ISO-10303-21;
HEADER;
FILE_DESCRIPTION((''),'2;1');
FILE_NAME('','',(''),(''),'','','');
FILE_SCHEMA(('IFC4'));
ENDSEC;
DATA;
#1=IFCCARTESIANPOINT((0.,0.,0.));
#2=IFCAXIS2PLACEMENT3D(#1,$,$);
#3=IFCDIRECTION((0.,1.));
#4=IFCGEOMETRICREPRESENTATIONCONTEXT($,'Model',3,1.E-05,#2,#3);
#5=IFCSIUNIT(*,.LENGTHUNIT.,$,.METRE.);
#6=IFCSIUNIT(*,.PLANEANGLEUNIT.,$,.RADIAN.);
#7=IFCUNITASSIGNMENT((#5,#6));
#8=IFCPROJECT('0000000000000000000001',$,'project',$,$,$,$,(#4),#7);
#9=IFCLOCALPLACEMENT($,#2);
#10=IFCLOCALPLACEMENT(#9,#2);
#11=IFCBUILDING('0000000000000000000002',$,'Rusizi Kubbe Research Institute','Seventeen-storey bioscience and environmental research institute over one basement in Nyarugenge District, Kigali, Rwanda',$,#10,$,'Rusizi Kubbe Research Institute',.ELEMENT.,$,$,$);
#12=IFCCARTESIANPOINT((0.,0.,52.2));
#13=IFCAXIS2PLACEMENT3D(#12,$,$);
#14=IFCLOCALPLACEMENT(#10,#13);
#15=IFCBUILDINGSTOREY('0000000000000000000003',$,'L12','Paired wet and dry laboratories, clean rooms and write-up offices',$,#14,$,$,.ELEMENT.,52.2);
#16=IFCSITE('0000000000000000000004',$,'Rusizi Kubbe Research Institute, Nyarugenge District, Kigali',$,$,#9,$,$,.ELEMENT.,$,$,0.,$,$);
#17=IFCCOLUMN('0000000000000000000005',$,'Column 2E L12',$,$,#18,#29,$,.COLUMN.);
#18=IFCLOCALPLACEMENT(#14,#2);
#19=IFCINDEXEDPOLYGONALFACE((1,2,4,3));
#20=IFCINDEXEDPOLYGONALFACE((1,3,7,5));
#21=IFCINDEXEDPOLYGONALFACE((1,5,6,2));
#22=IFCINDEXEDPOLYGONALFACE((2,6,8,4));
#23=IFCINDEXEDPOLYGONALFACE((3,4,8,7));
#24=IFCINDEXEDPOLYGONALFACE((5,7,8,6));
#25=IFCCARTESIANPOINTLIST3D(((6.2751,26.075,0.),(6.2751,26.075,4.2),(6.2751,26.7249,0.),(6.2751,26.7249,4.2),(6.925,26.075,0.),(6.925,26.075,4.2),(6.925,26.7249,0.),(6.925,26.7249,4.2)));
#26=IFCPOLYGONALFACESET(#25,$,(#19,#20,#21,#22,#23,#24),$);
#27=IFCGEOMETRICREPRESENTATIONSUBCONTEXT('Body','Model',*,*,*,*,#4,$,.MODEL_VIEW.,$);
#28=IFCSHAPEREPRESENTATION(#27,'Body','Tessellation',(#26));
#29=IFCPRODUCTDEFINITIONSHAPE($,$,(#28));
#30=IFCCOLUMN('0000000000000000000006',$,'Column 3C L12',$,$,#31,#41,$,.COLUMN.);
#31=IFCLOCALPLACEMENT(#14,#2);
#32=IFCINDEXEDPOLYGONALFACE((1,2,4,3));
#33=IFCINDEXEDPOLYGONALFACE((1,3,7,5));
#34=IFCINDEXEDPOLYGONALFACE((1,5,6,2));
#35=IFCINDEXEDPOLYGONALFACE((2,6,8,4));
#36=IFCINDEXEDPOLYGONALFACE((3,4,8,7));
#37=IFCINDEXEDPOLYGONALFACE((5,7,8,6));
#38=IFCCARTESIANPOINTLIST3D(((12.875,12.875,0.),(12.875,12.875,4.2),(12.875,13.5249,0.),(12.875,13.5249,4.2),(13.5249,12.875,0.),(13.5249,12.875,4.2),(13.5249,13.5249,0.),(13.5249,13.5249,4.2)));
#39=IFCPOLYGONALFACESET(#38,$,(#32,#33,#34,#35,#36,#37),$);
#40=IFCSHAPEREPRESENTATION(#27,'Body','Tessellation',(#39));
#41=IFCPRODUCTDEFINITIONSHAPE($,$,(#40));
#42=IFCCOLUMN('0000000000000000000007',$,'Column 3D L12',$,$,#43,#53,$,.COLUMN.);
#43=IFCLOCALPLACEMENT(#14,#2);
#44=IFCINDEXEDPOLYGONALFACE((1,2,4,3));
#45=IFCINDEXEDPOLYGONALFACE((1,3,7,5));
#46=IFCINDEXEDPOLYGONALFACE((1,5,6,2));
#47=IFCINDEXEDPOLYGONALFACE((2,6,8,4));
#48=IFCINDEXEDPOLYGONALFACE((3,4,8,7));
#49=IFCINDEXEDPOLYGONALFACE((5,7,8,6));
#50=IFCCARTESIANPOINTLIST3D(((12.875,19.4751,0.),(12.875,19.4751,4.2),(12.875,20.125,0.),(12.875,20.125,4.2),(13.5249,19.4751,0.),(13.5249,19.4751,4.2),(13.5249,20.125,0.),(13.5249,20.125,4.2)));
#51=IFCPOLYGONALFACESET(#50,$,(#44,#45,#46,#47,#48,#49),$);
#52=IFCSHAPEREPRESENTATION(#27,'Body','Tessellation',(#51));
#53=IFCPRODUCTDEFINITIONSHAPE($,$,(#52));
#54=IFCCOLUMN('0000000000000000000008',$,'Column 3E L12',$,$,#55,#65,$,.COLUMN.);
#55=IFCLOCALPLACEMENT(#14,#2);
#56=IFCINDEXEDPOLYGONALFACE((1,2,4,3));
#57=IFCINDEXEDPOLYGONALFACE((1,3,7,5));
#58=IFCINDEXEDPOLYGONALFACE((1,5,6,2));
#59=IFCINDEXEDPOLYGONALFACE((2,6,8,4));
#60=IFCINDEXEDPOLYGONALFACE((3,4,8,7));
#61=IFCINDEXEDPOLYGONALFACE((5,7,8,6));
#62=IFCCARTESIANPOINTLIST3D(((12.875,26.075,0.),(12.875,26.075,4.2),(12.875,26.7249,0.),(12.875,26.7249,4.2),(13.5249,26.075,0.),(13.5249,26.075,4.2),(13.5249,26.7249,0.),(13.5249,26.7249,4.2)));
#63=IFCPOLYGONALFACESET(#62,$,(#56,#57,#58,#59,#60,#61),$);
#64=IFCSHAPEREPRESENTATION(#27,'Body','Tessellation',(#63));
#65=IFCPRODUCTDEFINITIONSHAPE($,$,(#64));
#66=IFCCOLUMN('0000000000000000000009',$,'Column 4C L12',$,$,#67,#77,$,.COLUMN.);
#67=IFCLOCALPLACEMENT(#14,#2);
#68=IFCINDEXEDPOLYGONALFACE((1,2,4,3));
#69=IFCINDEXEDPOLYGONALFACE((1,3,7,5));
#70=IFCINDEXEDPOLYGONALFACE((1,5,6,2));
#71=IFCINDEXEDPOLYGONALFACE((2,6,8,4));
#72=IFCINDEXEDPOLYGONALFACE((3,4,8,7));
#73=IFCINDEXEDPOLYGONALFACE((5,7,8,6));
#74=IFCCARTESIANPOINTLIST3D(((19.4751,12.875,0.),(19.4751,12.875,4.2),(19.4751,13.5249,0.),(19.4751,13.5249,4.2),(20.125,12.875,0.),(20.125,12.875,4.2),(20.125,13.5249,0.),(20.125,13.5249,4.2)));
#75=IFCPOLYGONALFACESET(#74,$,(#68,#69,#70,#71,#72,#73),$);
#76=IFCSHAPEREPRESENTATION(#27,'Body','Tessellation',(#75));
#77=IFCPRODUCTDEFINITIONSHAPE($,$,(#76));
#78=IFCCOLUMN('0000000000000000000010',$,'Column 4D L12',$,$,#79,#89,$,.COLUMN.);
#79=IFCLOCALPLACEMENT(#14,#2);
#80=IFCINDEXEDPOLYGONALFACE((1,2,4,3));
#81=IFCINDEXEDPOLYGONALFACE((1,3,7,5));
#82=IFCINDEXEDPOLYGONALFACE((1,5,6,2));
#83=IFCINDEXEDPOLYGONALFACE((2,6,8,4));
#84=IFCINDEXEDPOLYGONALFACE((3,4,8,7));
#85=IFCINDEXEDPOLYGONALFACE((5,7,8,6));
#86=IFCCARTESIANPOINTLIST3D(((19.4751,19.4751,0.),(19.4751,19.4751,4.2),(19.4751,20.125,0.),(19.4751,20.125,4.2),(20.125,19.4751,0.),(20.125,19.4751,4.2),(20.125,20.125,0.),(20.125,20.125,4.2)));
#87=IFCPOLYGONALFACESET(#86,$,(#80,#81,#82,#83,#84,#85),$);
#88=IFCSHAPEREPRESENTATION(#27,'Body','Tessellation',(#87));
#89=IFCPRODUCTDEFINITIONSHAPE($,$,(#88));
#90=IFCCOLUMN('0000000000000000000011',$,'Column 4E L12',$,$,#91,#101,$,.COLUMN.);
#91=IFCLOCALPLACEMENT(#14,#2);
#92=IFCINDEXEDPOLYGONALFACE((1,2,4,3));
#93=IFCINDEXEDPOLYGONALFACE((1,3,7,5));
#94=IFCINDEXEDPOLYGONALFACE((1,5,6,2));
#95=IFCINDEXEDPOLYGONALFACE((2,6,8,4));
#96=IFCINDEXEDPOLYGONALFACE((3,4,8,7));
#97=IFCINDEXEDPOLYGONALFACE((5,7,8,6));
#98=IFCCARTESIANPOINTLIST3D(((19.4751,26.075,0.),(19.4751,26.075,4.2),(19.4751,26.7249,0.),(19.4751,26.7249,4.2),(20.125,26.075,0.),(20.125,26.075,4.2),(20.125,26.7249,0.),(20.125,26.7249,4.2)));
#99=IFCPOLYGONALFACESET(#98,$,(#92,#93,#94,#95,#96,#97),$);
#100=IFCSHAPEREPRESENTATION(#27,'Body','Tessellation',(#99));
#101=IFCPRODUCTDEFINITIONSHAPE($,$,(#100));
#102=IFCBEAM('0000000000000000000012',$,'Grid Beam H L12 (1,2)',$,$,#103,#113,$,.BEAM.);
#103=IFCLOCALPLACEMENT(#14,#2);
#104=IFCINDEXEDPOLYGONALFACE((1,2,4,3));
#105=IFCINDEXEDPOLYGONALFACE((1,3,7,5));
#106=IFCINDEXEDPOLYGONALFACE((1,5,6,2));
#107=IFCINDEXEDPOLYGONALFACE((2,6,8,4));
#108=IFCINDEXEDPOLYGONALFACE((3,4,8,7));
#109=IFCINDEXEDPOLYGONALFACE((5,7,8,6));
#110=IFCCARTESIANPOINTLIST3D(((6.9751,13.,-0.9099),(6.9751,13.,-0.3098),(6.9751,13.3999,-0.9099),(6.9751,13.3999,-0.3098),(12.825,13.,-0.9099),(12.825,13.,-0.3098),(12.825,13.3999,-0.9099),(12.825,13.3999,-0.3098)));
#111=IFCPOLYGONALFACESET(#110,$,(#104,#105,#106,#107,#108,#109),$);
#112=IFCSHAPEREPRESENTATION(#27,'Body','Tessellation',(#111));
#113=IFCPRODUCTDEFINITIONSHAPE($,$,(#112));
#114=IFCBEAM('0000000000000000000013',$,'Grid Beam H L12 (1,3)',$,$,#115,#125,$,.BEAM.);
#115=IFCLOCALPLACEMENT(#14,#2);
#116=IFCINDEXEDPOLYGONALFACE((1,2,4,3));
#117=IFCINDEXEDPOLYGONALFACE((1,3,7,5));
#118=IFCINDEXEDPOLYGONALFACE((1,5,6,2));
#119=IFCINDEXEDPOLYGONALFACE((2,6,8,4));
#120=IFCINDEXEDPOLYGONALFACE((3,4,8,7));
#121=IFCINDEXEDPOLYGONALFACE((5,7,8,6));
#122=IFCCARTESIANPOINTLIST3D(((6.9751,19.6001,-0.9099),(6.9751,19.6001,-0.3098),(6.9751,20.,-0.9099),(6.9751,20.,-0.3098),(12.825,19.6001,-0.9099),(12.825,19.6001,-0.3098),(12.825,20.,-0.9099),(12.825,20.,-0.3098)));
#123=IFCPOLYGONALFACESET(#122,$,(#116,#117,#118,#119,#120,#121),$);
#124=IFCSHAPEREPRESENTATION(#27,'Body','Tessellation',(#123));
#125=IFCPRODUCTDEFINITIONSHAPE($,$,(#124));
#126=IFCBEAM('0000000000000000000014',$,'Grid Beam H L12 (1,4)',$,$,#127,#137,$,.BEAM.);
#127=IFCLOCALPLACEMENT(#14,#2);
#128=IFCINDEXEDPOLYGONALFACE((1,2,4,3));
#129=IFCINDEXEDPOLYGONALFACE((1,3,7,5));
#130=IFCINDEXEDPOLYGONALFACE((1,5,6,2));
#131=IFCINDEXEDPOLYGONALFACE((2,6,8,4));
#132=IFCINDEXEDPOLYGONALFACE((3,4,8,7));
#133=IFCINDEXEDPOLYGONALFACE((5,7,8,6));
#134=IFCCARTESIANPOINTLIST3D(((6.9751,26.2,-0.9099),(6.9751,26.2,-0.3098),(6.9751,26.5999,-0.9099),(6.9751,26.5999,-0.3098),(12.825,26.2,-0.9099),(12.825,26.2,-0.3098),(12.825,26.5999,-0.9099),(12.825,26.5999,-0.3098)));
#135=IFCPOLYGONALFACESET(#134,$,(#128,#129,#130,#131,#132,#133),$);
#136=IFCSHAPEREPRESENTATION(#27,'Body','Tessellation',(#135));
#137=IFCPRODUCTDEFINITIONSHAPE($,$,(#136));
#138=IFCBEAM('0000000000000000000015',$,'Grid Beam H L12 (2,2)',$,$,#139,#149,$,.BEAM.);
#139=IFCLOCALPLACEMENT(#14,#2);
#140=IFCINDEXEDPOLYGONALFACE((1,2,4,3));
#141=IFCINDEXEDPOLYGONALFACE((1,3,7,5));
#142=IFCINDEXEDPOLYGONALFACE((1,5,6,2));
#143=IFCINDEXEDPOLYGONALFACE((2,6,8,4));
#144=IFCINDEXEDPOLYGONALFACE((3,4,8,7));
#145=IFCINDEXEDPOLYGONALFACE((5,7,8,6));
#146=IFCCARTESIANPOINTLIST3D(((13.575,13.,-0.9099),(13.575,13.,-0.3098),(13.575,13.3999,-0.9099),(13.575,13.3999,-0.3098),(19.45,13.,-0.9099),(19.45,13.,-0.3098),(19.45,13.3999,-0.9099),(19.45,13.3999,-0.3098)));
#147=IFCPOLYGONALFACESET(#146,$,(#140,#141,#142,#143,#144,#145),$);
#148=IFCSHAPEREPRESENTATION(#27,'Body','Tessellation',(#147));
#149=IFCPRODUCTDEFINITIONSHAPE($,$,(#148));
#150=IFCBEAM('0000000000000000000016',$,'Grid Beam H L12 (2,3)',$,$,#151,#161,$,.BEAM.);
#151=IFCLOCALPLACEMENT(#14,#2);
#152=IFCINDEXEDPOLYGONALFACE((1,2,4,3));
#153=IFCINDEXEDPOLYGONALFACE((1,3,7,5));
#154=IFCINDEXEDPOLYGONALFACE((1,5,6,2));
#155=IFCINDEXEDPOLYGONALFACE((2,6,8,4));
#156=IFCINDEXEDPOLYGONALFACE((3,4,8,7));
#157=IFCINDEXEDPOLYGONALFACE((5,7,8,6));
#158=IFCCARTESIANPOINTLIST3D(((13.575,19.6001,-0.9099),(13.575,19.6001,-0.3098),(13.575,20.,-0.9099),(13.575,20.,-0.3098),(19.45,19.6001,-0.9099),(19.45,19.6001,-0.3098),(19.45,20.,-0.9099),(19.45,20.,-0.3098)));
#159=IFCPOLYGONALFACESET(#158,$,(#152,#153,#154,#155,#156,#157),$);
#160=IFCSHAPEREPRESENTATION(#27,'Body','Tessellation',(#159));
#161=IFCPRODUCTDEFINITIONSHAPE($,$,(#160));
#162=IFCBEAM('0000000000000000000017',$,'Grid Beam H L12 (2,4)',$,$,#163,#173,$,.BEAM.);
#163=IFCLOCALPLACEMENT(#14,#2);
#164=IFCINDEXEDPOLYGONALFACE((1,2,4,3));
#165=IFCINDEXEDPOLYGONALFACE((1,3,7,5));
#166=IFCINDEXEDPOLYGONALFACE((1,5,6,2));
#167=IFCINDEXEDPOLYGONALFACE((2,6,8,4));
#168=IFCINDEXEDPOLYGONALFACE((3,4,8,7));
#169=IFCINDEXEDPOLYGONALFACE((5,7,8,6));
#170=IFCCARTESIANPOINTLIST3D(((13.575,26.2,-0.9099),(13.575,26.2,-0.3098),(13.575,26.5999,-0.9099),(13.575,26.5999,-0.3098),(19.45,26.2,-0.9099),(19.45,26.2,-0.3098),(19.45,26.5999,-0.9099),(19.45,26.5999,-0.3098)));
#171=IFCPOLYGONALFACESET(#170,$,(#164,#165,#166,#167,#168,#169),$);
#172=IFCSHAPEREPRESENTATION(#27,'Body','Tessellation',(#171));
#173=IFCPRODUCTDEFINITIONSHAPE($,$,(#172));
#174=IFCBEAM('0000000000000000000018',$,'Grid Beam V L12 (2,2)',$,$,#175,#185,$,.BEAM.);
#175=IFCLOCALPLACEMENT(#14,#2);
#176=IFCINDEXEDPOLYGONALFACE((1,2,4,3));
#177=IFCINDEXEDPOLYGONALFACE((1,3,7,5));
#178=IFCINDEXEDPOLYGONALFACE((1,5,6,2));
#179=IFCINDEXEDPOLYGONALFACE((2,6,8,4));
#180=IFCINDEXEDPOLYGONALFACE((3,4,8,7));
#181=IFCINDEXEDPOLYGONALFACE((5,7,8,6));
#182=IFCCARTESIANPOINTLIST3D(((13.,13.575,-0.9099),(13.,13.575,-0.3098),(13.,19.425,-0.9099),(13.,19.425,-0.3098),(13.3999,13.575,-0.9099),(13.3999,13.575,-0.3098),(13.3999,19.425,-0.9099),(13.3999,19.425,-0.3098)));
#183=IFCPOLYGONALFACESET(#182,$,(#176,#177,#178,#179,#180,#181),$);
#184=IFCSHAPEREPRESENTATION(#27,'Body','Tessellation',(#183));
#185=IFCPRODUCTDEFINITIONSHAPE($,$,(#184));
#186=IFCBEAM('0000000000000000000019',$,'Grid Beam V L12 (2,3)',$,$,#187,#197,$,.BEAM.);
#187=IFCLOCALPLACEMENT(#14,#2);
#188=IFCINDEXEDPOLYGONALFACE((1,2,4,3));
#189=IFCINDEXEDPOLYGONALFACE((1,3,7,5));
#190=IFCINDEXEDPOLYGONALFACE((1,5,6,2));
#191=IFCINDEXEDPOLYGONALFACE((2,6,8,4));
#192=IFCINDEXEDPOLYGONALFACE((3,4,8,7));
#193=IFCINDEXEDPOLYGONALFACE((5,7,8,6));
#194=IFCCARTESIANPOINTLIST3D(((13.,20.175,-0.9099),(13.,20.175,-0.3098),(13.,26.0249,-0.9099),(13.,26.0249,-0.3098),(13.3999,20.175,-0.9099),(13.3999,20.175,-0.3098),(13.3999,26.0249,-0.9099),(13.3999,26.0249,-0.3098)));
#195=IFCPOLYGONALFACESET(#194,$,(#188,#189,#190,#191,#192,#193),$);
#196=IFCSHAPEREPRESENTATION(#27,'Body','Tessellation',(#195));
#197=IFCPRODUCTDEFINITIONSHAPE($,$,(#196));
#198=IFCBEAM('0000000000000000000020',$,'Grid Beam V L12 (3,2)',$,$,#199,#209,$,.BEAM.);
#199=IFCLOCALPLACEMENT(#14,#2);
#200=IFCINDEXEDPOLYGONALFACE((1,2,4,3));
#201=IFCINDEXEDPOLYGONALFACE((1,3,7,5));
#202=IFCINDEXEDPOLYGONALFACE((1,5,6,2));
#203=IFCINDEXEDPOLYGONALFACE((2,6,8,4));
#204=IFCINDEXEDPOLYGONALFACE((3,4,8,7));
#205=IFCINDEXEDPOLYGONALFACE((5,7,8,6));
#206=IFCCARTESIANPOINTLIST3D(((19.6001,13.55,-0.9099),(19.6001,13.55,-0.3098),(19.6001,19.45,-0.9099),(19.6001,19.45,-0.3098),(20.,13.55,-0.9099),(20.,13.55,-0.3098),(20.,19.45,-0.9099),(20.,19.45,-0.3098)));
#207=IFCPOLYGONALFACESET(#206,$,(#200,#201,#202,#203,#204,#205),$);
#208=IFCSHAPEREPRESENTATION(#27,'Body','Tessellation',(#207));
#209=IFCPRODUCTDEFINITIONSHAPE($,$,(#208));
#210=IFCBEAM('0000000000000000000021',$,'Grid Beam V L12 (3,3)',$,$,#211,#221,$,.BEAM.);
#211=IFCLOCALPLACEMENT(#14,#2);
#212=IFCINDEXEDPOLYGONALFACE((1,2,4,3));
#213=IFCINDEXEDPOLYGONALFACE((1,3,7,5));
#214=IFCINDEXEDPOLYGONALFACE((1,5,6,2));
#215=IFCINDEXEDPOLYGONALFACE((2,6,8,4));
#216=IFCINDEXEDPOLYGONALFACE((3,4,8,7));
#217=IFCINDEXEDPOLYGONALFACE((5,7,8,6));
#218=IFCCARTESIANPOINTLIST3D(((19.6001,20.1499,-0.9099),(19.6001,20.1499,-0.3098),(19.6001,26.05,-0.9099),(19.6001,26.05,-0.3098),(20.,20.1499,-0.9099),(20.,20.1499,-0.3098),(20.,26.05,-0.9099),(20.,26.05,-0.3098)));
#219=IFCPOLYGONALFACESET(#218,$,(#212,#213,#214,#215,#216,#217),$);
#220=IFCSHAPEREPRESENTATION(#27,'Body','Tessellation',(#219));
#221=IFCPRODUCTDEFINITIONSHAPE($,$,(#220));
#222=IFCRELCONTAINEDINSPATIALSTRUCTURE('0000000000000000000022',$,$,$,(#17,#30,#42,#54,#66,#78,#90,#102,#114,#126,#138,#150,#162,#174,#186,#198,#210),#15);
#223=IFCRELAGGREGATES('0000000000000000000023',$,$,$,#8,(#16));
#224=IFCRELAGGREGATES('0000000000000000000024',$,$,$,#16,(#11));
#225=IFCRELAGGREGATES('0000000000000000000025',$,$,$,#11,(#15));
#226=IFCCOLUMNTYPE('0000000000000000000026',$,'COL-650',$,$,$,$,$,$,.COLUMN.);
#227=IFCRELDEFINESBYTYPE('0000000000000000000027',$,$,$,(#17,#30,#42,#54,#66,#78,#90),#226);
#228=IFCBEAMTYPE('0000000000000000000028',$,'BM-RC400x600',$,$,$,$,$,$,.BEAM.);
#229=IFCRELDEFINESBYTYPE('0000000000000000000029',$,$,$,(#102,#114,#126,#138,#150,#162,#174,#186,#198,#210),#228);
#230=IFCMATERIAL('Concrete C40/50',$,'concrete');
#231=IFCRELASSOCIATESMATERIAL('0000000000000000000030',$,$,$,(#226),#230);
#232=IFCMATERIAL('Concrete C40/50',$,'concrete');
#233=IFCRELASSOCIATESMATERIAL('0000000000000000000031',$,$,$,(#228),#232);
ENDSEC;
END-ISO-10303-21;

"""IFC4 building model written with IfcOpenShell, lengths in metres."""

from ifc_helpers import new_model, si_unit, direction, frame, origin, origin_2d, place, context, subcontext, project, spatial, rectangle, extrude, material, material_profile, profile_set, type_object, element, save


model = new_model("IFC4")

# Units and contexts
model_context = context("Model", 3, precision=1e-05, world=origin(), true_north=direction((0.0, 1.0)))
body_context = subcontext(model_context, "Body", "Model", "MODEL_VIEW")
ifc_project = project(units=[si_unit("LENGTHUNIT", "METRE"), si_unit("PLANEANGLEUNIT", "RADIAN")], contexts=[model_context])

# Site, building, storey
site_placement = place(None, origin())
site = spatial("IfcSite", under=ifc_project, at=site_placement, Name="Rusizi Kubbe Research Institute, Nyarugenge District, Kigali", CompositionType="ELEMENT", RefElevation=0.0)
building_placement = place(site_placement, origin())
building = spatial("IfcBuilding", under=site, at=building_placement, Name="Rusizi Kubbe Research Institute", Description="Seventeen-storey bioscience and environmental research institute over one basement in Nyarugenge District, Kigali, Rwanda", LongName="Rusizi Kubbe Research Institute", CompositionType="ELEMENT")
storey_placement = place(building_placement, frame((0.0, 0.0, 52.2)))
storey = spatial("IfcBuildingStorey", under=building, at=storey_placement, Name="L12", Description="Paired wet and dry laboratories, clean rooms and write-up offices", CompositionType="ELEMENT", Elevation=52.2)

# Columns
ifc_material_1 = material(Name="Concrete C40/50", Category="concrete")
ifc_material_profile_1 = material_profile(ifc_material_1, rectangle(XDim=0.6499, YDim=0.6499, at=origin_2d()), Name="RC650x650")
ifc_profile_set_1 = profile_set([ifc_material_profile_1], Name="Concrete C40/50")
column_type = type_object("IfcColumnType", Name="COL-650", PredefinedType="COLUMN", material=ifc_profile_set_1)
for number, where, z_axis, x_axis, name in (
    (1, (6.6001, 26.3999, 0.0), (0.0, 0.0, 1.0), (1.0, 0.0, 0.0), "Column 2E L12"),
    (2, (13.2, 13.2, 0.0), (0.0, 0.0, 1.0), (1.0, 0.0, 0.0), "Column 3C L12"),
    (3, (13.2, 19.8, 0.0), (0.0, 0.0, 1.0), (1.0, 0.0, 0.0), "Column 3D L12"),
    (4, (13.2, 26.3999, 0.0), (0.0, 0.0, 1.0), (1.0, 0.0, 0.0), "Column 3E L12"),
    (5, (19.8, 13.2, 0.0), (0.0, 0.0, 1.0), (1.0, 0.0, 0.0), "Column 4C L12"),
    (6, (19.8, 19.8, 0.0), (0.0, 0.0, 1.0), (1.0, 0.0, 0.0), "Column 4D L12"),
    (7, (19.8, 26.3999, 0.0), (0.0, 0.0, 1.0), (1.0, 0.0, 0.0), "Column 4E L12"),
):
    element("IfcColumn", number, at=place(storey_placement, frame(where, z_axis=z_axis, x_axis=x_axis)), inside=storey, type_object=column_type, Name=name, PredefinedType="COLUMN", context=body_context, shape_type="SweptSolid", body=[
        extrude(rectangle(XDim=0.6499, YDim=0.6499, at=origin_2d()), origin(), (0.0, 0.0, 1.0), 4.2),
    ])

# Beams
ifc_material_2 = material(Name="Concrete C40/50", Category="concrete")
ifc_material_profile_2 = material_profile(ifc_material_2, rectangle(XDim=0.3999, YDim=0.6001, at=origin_2d()), Name="RC400x600")
ifc_profile_set_2 = profile_set([ifc_material_profile_2], Name="Concrete C40/50")
beam_type = type_object("IfcBeamType", Name="BM-RC400x600", PredefinedType="BEAM", material=ifc_profile_set_2)
for number, where, z_axis, x_axis, name in (
    (8, (6.9751, 13.2, -0.6099), (1.0, 0.0, 0.0), (0.0, 1.0, 0.0), "Grid Beam H L12 (1,2)"),
    (9, (6.9751, 19.8, -0.6099), (1.0, 0.0, 0.0), (0.0, 1.0, 0.0), "Grid Beam H L12 (1,3)"),
    (10, (6.9751, 26.3999, -0.6099), (1.0, 0.0, 0.0), (0.0, 1.0, 0.0), "Grid Beam H L12 (1,4)"),
):
    element("IfcBeam", number, at=place(storey_placement, frame(where, z_axis=z_axis, x_axis=x_axis)), inside=storey, type_object=beam_type, Name=name, PredefinedType="BEAM", context=body_context, shape_type="SweptSolid", body=[
        extrude(rectangle(XDim=0.3999, YDim=0.6001, at=origin_2d()), origin(), (0.0, 0.0, 1.0), 5.8499),
    ])
for number, where, z_axis, x_axis, name in (
    (11, (13.575, 13.2, -0.6099), (1.0, 0.0, 0.0), (0.0, 1.0, 0.0), "Grid Beam H L12 (2,2)"),
    (12, (13.575, 19.8, -0.6099), (1.0, 0.0, 0.0), (0.0, 1.0, 0.0), "Grid Beam H L12 (2,3)"),
    (13, (13.575, 26.3999, -0.6099), (1.0, 0.0, 0.0), (0.0, 1.0, 0.0), "Grid Beam H L12 (2,4)"),
):
    element("IfcBeam", number, at=place(storey_placement, frame(where, z_axis=z_axis, x_axis=x_axis)), inside=storey, type_object=beam_type, Name=name, PredefinedType="BEAM", context=body_context, shape_type="SweptSolid", body=[
        extrude(rectangle(XDim=0.3999, YDim=0.6001, at=origin_2d()), origin(), (0.0, 0.0, 1.0), 5.875),
    ])
beam_1_placement = place(storey_placement, frame((13.2, 13.575, -0.6099), z_axis=(0.0, 1.0, 0.0), x_axis=(-1.0, 0.0, 0.0)))
element("IfcBeam", 14, at=beam_1_placement, inside=storey, type_object=beam_type, Name="Grid Beam V L12 (2,2)", PredefinedType="BEAM", context=body_context, shape_type="SweptSolid", body=[
    extrude(rectangle(XDim=0.3999, YDim=0.6001, at=origin_2d()), origin(), (0.0, 0.0, 1.0), 5.8501),
])
beam_2_placement = place(storey_placement, frame((13.2, 20.175, -0.6099), z_axis=(0.0, 1.0, 0.0), x_axis=(-1.0, 0.0, 0.0)))
element("IfcBeam", 15, at=beam_2_placement, inside=storey, type_object=beam_type, Name="Grid Beam V L12 (2,3)", PredefinedType="BEAM", context=body_context, shape_type="SweptSolid", body=[
    extrude(rectangle(XDim=0.3999, YDim=0.6001, at=origin_2d()), origin(), (0.0, 0.0, 1.0), 5.8499),
])
beam_3_placement = place(storey_placement, frame((19.8, 13.55, -0.6099), z_axis=(0.0, 1.0, 0.0), x_axis=(-1.0, 0.0, 0.0)))
element("IfcBeam", 16, at=beam_3_placement, inside=storey, type_object=beam_type, Name="Grid Beam V L12 (3,2)", PredefinedType="BEAM", context=body_context, shape_type="SweptSolid", body=[
    extrude(rectangle(XDim=0.3999, YDim=0.6001, at=origin_2d()), origin(), (0.0, 0.0, 1.0), 5.8999),
])
beam_4_placement = place(storey_placement, frame((19.8, 20.1499, -0.6099), z_axis=(0.0, 1.0, 0.0), x_axis=(-1.0, 0.0, 0.0)))
element("IfcBeam", 17, at=beam_4_placement, inside=storey, type_object=beam_type, Name="Grid Beam V L12 (3,3)", PredefinedType="BEAM", context=body_context, shape_type="SweptSolid", body=[
    extrude(rectangle(XDim=0.3999, YDim=0.6001, at=origin_2d()), origin(), (0.0, 0.0, 1.0), 5.9001),
])

save(model, "model.ifc")
